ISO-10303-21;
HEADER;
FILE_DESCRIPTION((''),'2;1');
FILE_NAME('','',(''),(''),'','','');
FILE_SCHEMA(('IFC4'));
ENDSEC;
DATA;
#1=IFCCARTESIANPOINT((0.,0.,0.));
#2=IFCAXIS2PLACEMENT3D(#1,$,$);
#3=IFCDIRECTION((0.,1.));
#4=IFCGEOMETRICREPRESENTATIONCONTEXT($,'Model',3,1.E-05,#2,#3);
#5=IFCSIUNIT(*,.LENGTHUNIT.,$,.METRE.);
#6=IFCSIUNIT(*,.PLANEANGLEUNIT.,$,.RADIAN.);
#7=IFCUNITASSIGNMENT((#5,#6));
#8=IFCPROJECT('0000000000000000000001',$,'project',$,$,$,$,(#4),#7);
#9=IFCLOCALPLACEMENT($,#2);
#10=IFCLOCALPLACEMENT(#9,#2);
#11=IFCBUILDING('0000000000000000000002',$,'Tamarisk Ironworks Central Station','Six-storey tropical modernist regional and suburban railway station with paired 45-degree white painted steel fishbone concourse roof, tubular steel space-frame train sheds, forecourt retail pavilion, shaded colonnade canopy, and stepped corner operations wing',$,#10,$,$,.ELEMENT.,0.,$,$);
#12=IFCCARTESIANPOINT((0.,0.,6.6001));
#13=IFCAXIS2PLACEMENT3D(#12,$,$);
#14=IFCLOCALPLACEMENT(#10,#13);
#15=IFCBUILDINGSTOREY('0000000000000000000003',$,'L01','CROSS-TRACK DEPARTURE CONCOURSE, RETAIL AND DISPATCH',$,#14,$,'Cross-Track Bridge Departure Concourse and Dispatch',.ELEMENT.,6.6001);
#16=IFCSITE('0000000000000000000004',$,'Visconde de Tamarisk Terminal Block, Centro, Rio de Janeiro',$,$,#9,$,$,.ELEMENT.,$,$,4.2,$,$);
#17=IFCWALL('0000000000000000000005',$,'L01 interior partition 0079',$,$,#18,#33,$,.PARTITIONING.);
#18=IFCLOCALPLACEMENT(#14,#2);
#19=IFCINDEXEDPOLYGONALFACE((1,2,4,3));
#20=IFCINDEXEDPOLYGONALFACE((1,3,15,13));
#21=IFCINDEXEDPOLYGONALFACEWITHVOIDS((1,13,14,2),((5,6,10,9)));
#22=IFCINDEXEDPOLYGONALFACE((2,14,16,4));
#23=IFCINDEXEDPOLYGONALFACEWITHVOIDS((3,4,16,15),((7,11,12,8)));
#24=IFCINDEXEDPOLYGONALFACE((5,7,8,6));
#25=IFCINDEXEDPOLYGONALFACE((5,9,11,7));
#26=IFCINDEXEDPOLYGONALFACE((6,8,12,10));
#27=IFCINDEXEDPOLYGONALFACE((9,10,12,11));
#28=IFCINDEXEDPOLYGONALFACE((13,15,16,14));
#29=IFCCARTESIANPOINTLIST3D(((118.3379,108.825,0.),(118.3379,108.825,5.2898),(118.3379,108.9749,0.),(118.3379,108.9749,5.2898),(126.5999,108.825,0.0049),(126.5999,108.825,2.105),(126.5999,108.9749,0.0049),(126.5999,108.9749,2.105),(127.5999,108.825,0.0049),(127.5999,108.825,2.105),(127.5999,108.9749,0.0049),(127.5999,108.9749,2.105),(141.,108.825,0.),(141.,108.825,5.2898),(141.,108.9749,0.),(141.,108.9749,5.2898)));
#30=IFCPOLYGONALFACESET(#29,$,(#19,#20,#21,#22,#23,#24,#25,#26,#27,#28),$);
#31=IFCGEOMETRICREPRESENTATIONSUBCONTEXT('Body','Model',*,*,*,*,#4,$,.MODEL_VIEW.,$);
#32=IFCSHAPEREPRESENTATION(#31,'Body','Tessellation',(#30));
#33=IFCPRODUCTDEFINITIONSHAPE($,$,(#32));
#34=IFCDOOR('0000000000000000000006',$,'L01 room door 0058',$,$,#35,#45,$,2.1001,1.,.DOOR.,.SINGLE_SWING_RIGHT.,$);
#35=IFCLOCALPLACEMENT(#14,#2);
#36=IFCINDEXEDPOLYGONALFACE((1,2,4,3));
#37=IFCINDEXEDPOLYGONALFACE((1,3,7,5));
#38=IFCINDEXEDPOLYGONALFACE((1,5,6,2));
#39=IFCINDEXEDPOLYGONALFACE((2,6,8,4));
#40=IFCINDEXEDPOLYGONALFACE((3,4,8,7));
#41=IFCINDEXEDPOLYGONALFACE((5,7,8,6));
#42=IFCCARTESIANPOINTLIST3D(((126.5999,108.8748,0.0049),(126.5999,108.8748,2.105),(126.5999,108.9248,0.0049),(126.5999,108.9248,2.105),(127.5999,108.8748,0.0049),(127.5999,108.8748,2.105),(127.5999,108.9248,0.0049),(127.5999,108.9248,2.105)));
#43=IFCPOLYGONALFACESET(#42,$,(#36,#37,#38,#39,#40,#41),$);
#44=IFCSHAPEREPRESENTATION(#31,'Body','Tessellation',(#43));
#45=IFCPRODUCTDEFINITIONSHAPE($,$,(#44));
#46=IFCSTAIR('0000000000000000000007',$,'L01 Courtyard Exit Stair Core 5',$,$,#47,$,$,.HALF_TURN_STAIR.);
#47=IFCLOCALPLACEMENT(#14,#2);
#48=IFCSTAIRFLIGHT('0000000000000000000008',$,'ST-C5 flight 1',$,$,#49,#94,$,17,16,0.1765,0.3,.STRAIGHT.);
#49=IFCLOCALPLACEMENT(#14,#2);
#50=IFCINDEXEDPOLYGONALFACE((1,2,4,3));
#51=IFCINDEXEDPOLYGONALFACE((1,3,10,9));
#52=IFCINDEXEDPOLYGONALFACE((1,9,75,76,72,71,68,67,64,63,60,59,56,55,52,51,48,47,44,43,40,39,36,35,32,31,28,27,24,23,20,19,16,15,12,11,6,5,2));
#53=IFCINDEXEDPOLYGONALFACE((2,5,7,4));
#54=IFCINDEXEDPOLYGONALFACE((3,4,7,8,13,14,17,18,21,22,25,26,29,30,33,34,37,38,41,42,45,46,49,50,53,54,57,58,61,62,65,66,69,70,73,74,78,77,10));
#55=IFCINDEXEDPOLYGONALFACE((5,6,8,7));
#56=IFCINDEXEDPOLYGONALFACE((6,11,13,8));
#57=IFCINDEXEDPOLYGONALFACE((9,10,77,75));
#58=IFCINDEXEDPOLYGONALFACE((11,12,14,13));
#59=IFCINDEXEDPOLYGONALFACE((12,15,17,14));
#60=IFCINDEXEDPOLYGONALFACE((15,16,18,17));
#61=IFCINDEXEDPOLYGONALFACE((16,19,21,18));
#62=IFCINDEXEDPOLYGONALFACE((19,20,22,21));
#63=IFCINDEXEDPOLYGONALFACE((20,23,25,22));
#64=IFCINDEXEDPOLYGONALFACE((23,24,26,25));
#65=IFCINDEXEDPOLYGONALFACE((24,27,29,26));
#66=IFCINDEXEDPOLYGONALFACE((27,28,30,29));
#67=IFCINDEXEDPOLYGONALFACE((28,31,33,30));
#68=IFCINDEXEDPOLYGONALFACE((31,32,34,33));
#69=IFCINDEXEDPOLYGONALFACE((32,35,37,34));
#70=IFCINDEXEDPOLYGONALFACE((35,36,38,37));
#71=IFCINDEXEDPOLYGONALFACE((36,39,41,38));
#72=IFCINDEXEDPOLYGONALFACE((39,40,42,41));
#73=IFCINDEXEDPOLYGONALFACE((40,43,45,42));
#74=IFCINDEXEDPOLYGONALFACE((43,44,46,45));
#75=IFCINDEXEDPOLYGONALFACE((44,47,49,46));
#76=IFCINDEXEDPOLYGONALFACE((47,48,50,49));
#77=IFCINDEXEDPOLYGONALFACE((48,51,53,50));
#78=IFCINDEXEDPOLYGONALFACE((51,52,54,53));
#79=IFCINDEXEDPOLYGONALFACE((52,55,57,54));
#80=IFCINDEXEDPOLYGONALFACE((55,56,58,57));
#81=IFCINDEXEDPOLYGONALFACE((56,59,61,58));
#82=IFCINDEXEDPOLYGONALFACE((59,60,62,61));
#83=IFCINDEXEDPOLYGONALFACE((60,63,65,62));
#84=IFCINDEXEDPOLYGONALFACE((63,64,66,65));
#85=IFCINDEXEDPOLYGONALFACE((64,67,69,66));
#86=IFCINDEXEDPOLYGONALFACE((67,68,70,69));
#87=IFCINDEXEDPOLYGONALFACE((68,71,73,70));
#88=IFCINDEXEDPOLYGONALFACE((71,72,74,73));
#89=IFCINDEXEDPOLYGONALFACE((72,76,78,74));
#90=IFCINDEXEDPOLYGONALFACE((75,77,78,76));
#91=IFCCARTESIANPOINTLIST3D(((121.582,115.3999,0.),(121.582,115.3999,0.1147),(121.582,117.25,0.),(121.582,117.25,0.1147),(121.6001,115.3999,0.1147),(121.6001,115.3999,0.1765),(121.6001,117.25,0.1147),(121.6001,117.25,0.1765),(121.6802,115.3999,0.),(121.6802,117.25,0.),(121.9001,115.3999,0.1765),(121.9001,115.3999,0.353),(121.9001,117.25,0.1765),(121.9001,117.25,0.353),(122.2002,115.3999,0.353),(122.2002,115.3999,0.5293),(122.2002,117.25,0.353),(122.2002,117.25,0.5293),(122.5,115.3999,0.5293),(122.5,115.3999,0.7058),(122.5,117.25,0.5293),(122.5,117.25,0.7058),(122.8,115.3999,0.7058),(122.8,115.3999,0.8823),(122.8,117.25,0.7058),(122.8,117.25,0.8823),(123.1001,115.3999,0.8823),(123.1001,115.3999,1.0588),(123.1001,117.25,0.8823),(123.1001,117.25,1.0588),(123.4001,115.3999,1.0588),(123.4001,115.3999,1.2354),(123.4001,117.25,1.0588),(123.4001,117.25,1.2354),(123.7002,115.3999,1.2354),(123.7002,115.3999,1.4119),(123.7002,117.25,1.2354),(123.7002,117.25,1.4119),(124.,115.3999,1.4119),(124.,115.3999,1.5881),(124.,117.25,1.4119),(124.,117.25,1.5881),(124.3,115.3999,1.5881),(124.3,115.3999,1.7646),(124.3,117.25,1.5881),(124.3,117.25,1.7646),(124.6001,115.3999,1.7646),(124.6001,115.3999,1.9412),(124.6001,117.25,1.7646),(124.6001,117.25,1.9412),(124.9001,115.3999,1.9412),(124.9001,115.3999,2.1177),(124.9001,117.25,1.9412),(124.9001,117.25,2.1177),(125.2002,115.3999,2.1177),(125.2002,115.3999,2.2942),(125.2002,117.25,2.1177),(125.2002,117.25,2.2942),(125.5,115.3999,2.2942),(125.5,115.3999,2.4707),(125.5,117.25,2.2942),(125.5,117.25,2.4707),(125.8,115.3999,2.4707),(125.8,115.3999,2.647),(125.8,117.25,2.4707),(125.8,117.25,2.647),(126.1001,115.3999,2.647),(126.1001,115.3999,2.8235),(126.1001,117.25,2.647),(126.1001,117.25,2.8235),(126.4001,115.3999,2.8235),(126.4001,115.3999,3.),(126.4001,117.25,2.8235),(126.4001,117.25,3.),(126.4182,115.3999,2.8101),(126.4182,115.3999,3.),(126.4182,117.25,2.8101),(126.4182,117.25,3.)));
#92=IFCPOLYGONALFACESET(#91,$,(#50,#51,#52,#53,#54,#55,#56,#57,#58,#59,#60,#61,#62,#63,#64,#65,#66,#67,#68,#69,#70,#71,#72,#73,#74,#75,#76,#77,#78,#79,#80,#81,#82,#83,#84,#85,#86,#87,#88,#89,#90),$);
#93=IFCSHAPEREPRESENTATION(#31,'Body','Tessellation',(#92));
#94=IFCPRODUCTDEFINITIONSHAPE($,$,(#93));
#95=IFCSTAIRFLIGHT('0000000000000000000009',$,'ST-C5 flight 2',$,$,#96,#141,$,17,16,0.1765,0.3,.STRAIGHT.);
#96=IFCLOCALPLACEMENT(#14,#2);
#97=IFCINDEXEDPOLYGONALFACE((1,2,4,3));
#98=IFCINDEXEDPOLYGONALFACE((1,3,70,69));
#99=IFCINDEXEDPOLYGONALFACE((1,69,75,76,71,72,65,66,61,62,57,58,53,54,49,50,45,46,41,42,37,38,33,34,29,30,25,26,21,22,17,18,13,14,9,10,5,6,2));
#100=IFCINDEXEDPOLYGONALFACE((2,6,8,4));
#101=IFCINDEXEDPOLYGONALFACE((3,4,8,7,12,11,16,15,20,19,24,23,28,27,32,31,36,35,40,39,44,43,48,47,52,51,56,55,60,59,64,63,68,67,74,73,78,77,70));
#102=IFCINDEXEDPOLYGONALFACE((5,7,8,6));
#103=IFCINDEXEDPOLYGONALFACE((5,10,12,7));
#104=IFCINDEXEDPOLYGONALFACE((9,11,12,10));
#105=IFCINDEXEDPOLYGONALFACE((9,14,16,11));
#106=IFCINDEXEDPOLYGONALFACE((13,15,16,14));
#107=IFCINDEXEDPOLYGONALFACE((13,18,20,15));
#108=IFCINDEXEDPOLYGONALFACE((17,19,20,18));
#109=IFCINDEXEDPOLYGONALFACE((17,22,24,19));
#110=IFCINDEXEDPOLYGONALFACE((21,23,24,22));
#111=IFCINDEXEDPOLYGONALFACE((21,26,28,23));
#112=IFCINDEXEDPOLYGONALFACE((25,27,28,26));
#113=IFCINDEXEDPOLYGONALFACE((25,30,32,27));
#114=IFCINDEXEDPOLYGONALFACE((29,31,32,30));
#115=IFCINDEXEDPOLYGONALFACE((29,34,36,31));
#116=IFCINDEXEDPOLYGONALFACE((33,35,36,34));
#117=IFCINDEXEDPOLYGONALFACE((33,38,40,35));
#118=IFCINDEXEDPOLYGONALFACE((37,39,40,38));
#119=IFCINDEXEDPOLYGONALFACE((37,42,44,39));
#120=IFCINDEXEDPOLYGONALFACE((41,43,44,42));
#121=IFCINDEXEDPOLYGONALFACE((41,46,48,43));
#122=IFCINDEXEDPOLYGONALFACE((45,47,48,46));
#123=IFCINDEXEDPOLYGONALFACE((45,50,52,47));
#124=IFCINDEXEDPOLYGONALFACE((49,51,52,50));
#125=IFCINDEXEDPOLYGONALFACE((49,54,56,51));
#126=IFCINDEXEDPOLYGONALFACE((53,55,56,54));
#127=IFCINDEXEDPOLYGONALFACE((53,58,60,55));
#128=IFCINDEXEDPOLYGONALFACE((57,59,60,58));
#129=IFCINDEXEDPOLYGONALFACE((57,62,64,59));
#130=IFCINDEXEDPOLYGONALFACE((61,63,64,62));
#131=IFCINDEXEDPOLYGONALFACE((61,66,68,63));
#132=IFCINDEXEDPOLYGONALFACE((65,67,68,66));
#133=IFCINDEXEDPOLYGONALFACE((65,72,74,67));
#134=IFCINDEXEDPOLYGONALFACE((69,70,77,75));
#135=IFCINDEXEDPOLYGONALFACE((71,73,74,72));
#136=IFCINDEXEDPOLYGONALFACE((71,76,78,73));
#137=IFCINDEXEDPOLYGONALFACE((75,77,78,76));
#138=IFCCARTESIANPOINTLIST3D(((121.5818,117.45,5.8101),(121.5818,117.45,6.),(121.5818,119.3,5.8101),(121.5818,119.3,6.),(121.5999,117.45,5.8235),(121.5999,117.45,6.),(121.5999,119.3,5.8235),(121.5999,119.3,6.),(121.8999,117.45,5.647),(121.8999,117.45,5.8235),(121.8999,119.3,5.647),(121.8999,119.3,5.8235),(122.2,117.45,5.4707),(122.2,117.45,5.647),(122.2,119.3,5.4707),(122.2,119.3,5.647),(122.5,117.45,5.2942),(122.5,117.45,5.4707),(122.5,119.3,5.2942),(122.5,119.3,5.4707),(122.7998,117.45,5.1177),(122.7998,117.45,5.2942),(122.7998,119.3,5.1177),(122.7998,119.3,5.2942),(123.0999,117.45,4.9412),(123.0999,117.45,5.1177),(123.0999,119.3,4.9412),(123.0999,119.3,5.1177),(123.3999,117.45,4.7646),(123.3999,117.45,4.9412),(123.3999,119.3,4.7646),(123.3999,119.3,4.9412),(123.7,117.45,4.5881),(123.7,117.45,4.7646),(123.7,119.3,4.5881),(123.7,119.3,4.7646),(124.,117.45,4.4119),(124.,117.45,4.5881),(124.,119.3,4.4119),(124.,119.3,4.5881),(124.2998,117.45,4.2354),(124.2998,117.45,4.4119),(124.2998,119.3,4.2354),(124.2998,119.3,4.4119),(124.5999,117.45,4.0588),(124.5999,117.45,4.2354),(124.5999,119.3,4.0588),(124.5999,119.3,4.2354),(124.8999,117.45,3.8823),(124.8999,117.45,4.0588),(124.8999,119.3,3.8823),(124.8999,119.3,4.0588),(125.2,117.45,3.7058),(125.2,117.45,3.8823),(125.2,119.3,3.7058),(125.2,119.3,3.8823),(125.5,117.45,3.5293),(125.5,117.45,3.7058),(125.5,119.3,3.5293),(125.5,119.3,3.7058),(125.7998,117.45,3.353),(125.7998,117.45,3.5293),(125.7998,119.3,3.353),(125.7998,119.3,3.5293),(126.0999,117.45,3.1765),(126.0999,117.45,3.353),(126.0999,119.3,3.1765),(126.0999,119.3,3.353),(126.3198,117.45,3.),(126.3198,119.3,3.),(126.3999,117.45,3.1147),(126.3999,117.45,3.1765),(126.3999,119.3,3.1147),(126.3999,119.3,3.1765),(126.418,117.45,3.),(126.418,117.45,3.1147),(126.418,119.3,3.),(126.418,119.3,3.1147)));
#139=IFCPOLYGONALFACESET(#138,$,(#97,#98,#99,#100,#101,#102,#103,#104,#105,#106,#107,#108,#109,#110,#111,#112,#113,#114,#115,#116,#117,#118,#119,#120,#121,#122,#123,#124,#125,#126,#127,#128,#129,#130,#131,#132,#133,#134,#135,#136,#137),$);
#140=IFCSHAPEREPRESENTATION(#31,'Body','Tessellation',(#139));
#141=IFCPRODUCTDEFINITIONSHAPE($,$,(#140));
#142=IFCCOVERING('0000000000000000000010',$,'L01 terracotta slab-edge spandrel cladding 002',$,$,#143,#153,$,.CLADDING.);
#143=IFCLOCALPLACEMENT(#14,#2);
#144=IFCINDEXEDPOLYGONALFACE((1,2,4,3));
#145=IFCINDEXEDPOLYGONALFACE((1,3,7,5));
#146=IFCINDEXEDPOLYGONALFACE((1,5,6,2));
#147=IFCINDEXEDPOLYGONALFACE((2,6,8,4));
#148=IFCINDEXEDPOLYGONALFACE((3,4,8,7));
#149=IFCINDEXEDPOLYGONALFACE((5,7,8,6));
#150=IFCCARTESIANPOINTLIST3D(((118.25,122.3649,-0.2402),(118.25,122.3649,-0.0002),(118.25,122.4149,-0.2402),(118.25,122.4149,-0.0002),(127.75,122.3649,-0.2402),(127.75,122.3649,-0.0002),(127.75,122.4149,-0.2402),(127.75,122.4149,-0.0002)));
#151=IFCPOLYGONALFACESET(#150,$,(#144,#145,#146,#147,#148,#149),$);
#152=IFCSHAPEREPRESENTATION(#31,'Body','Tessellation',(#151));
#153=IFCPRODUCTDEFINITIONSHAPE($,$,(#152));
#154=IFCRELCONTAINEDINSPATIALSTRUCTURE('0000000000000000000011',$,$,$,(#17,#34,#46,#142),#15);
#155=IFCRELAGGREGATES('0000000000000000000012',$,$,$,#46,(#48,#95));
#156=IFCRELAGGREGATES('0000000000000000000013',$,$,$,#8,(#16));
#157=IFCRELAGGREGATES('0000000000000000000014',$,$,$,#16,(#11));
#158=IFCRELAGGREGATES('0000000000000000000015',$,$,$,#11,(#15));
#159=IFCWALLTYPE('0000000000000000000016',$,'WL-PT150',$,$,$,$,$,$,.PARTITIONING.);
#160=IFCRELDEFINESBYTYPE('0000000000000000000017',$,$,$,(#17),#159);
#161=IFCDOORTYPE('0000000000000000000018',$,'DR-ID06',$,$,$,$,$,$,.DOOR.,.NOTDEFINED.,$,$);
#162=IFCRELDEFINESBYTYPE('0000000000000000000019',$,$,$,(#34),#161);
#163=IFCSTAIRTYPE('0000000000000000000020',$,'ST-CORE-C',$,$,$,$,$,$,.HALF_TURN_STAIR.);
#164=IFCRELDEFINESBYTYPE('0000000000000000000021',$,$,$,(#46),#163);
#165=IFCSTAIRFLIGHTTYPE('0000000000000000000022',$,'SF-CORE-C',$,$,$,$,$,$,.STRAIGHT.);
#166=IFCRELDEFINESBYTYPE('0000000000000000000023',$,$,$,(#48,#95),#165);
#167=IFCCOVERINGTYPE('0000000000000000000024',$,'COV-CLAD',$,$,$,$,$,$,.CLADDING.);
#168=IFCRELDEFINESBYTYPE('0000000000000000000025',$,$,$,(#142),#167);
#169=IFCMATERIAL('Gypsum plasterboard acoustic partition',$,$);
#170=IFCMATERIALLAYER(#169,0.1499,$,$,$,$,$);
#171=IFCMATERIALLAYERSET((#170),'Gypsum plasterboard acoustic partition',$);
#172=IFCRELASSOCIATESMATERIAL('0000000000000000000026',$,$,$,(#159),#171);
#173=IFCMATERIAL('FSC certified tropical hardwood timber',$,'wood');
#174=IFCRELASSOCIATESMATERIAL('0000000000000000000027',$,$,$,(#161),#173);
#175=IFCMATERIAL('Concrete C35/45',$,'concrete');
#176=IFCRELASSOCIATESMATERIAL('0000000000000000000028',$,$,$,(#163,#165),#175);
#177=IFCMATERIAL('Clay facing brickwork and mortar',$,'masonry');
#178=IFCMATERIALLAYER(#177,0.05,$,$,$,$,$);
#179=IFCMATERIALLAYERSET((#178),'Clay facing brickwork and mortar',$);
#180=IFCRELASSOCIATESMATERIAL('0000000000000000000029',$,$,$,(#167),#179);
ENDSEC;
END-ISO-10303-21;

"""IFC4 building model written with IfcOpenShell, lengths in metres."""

from ifc_helpers import new_model, si_unit, direction, frame, frame_2d, origin, origin_2d, place, context, subcontext, project, spatial, polyline, rectangle, outline, extrude, material, layer, layer_set, type_object, element, fill, aggregate, save


model = new_model("IFC4")

# Units and contexts
model_context = context("Model", 3, precision=1e-05, world=origin(), true_north=direction((0.0, 1.0)))
body_context = subcontext(model_context, "Body", "Model", "MODEL_VIEW")
ifc_project = project(units=[si_unit("LENGTHUNIT", "METRE"), si_unit("PLANEANGLEUNIT", "RADIAN")], contexts=[model_context])

# Site, building, storey
site_placement = place(None, origin())
site = spatial("IfcSite", under=ifc_project, at=site_placement, Name="Visconde de Tamarisk Terminal Block, Centro, Rio de Janeiro", CompositionType="ELEMENT", RefElevation=4.2)
building_placement = place(site_placement, origin())
building = spatial("IfcBuilding", under=site, at=building_placement, Name="Tamarisk Ironworks Central Station", Description="Six-storey tropical modernist regional and suburban railway station with paired 45-degree white painted steel fishbone concourse roof, tubular steel space-frame train sheds, forecourt retail pavilion, shaded colonnade canopy, and stepped corner operations wing", CompositionType="ELEMENT", ElevationOfRefHeight=0.0)
storey_placement = place(building_placement, frame((0.0, 0.0, 6.6001)))
storey = spatial("IfcBuildingStorey", under=building, at=storey_placement, Name="L01", Description="CROSS-TRACK DEPARTURE CONCOURSE, RETAIL AND DISPATCH", LongName="Cross-Track Bridge Departure Concourse and Dispatch", CompositionType="ELEMENT", Elevation=6.6001)

# Shared definitions
ifc_material_1 = material(Name="Clay facing brickwork and mortar", Category="masonry")

# Wall, opening, door
ifc_material_2 = material(Name="Gypsum plasterboard acoustic partition")
ifc_layer_1 = layer(ifc_material_2, 0.1499)
ifc_layer_set_1 = layer_set([ifc_layer_1], Name="Gypsum plasterboard acoustic partition")
wall_type_1 = type_object("IfcWallType", Name="WL-PT150", PredefinedType="PARTITIONING", material=ifc_layer_set_1)
wall_1_placement = place(storey_placement, frame((118.3379, 108.8999, 0.0), z_axis=(0.0, 0.0, 1.0), x_axis=(1.0, 0.0, 0.0)))
wall_1 = element("IfcWall", 1, at=wall_1_placement, inside=storey, type_object=wall_type_1, Name="L01 interior partition 0079", PredefinedType="PARTITIONING", context=body_context, shape_type="SweptSolid", body=[
    extrude(rectangle(XDim=22.6621, YDim=0.1499, at=frame_2d((11.3311, 0.0))), origin(), (0.0, 0.0, 1.0), 5.2898),
])
opening_1_placement = place(wall_1_placement, frame((8.262, 0.0, 0.0049)))
opening_1 = element("IfcOpeningElement", 2, at=opening_1_placement, cuts=wall_1, PredefinedType="OPENING", context=body_context, shape_type="SweptSolid", body=[
    extrude(rectangle(XDim=1.0, YDim=2.1001, at=frame_2d((0.5, 1.05))), frame((0.0, 0.0869, 0.0), z_axis=(0.0, -1.0, 0.0), x_axis=(1.0, 0.0, 0.0)), (0.0, 0.0, 1.0), 0.1738),
])
ifc_material_3 = material(Name="FSC certified tropical hardwood timber", Category="wood")
door_type_1 = type_object("IfcDoorType", Name="DR-ID06", OperationType="NOTDEFINED", PredefinedType="DOOR", material=ifc_material_3)
door_1_placement = place(opening_1_placement, origin())
door_1 = element("IfcDoor", 3, at=door_1_placement, inside=storey, type_object=door_type_1, Name="L01 room door 0058", OperationType="SINGLE_SWING_RIGHT", OverallHeight=2.1001, OverallWidth=1.0, PredefinedType="DOOR", context=body_context, shape_type="SweptSolid", body=[
    extrude(rectangle(XDim=1.0, YDim=2.1001, at=frame_2d((0.5, 1.05))), frame((0.0, 0.0249, 0.0), z_axis=(0.0, -1.0, 0.0), x_axis=(1.0, 0.0, 0.0)), (0.0, 0.0, 1.0), 0.05),
])
fill(opening_1, door_1)

# Stair, stair flights
ifc_material_4 = material(Name="Concrete C35/45", Category="concrete")
stair_type = type_object("IfcStairType", Name="ST-CORE-C", PredefinedType="HALF_TURN_STAIR", material=ifc_material_4)
stair_placement = place(storey_placement, origin())
stair = element("IfcStair", 4, at=stair_placement, inside=storey, type_object=stair_type, Name="L01 Courtyard Exit Stair Core 5", PredefinedType="HALF_TURN_STAIR")
stair_flight_type = type_object("IfcStairFlightType", Name="SF-CORE-C", PredefinedType="STRAIGHT", material=ifc_material_4)
stair_flight_1_placement = place(storey_placement, frame((121.6001, 116.325, 0.0), z_axis=(0.0, 0.0, 1.0), x_axis=(1.0, 0.0, 0.0)))
stair_flight_1 = element("IfcStairFlight", 5, at=stair_flight_1_placement, type_object=stair_flight_type, Name="ST-C5 flight 1", NumberOfRisers=17, NumberOfTreads=16, PredefinedType="STRAIGHT", RiserHeight=0.1765, TreadLength=0.3, context=body_context, shape_type="SweptSolid", body=[
    extrude(outline(polyline([(-0.0181, 0.0), (-0.0181, 0.1147), (0.0, 0.1147), (0.0, 0.1765), (0.3, 0.1765), (0.3, 0.353), (0.6001, 0.353), (0.6001, 0.5293), (0.8999, 0.5293), (0.8999, 0.7058), (1.2, 0.7058), (1.2, 0.8823), (1.5, 0.8823), (1.5, 1.0588), (1.8, 1.0588), (1.8, 1.2354), (2.1001, 1.2354), (2.1001, 1.4119), (2.3999, 1.4119), (2.3999, 1.5881), (2.7, 1.5881), (2.7, 1.7646), (3.0, 1.7646), (3.0, 1.9412), (3.3, 1.9412), (3.3, 2.1177), (3.6001, 2.1177), (3.6001, 2.2942), (3.8999, 2.2942), (3.8999, 2.4707), (4.2, 2.4707), (4.2, 2.647), (4.5, 2.647), (4.5, 2.8235), (4.8, 2.8235), (4.8, 3.0), (4.8181, 3.0), (4.8181, 2.8101), (0.0801, 0.0), (-0.0181, 0.0)])), frame((0.0, 0.925, 0.0), z_axis=(0.0, -1.0, 0.0), x_axis=(1.0, 0.0, 0.0)), (0.0, 0.0, 1.0), 1.8501),
])
stair_flight_2_placement = place(storey_placement, frame((126.3999, 118.375, 3.0), z_axis=(0.0, 0.0, 1.0), x_axis=(-1.0, 0.0, 0.0)))
stair_flight_2 = element("IfcStairFlight", 6, at=stair_flight_2_placement, type_object=stair_flight_type, Name="ST-C5 flight 2", NumberOfRisers=17, NumberOfTreads=16, PredefinedType="STRAIGHT", RiserHeight=0.1765, TreadLength=0.3, context=body_context, shape_type="SweptSolid", body=[
    extrude(outline(polyline([(-0.0181, 0.0), (-0.0181, 0.1147), (0.0, 0.1147), (0.0, 0.1765), (0.3, 0.1765), (0.3, 0.353), (0.6001, 0.353), (0.6001, 0.5293), (0.8999, 0.5293), (0.8999, 0.7058), (1.2, 0.7058), (1.2, 0.8823), (1.5, 0.8823), (1.5, 1.0588), (1.8, 1.0588), (1.8, 1.2354), (2.1001, 1.2354), (2.1001, 1.4119), (2.3999, 1.4119), (2.3999, 1.5881), (2.7, 1.5881), (2.7, 1.7646), (3.0, 1.7646), (3.0, 1.9412), (3.3, 1.9412), (3.3, 2.1177), (3.6001, 2.1177), (3.6001, 2.2942), (3.8999, 2.2942), (3.8999, 2.4707), (4.2, 2.4707), (4.2, 2.647), (4.5, 2.647), (4.5, 2.8235), (4.8, 2.8235), (4.8, 3.0), (4.8181, 3.0), (4.8181, 2.8101), (0.0801, 0.0), (-0.0181, 0.0)])), frame((0.0, 0.925, 0.0), z_axis=(0.0, -1.0, 0.0), x_axis=(1.0, 0.0, 0.0)), (0.0, 0.0, 1.0), 1.8501),
])
aggregate(stair, [stair_flight_1, stair_flight_2])

# Covering
ifc_layer_2 = layer(ifc_material_1, 0.05)
ifc_layer_set_2 = layer_set([ifc_layer_2], Name="Clay facing brickwork and mortar")
covering_type = type_object("IfcCoveringType", Name="COV-CLAD", PredefinedType="CLADDING", material=ifc_layer_set_2)
covering_placement = place(storey_placement, frame((123.0, 122.3899, -0.2402), z_axis=(0.0, 0.0, 1.0), x_axis=(1.0, 0.0, 0.0)))
element("IfcCovering", 7, at=covering_placement, inside=storey, type_object=covering_type, Name="L01 terracotta slab-edge spandrel cladding 002", PredefinedType="CLADDING", context=body_context, shape_type="SweptSolid", body=[
    extrude(rectangle(XDim=9.5, YDim=0.05, at=origin_2d()), origin(), (0.0, 0.0, 1.0), 0.24),
])

save(model, "model.ifc")
